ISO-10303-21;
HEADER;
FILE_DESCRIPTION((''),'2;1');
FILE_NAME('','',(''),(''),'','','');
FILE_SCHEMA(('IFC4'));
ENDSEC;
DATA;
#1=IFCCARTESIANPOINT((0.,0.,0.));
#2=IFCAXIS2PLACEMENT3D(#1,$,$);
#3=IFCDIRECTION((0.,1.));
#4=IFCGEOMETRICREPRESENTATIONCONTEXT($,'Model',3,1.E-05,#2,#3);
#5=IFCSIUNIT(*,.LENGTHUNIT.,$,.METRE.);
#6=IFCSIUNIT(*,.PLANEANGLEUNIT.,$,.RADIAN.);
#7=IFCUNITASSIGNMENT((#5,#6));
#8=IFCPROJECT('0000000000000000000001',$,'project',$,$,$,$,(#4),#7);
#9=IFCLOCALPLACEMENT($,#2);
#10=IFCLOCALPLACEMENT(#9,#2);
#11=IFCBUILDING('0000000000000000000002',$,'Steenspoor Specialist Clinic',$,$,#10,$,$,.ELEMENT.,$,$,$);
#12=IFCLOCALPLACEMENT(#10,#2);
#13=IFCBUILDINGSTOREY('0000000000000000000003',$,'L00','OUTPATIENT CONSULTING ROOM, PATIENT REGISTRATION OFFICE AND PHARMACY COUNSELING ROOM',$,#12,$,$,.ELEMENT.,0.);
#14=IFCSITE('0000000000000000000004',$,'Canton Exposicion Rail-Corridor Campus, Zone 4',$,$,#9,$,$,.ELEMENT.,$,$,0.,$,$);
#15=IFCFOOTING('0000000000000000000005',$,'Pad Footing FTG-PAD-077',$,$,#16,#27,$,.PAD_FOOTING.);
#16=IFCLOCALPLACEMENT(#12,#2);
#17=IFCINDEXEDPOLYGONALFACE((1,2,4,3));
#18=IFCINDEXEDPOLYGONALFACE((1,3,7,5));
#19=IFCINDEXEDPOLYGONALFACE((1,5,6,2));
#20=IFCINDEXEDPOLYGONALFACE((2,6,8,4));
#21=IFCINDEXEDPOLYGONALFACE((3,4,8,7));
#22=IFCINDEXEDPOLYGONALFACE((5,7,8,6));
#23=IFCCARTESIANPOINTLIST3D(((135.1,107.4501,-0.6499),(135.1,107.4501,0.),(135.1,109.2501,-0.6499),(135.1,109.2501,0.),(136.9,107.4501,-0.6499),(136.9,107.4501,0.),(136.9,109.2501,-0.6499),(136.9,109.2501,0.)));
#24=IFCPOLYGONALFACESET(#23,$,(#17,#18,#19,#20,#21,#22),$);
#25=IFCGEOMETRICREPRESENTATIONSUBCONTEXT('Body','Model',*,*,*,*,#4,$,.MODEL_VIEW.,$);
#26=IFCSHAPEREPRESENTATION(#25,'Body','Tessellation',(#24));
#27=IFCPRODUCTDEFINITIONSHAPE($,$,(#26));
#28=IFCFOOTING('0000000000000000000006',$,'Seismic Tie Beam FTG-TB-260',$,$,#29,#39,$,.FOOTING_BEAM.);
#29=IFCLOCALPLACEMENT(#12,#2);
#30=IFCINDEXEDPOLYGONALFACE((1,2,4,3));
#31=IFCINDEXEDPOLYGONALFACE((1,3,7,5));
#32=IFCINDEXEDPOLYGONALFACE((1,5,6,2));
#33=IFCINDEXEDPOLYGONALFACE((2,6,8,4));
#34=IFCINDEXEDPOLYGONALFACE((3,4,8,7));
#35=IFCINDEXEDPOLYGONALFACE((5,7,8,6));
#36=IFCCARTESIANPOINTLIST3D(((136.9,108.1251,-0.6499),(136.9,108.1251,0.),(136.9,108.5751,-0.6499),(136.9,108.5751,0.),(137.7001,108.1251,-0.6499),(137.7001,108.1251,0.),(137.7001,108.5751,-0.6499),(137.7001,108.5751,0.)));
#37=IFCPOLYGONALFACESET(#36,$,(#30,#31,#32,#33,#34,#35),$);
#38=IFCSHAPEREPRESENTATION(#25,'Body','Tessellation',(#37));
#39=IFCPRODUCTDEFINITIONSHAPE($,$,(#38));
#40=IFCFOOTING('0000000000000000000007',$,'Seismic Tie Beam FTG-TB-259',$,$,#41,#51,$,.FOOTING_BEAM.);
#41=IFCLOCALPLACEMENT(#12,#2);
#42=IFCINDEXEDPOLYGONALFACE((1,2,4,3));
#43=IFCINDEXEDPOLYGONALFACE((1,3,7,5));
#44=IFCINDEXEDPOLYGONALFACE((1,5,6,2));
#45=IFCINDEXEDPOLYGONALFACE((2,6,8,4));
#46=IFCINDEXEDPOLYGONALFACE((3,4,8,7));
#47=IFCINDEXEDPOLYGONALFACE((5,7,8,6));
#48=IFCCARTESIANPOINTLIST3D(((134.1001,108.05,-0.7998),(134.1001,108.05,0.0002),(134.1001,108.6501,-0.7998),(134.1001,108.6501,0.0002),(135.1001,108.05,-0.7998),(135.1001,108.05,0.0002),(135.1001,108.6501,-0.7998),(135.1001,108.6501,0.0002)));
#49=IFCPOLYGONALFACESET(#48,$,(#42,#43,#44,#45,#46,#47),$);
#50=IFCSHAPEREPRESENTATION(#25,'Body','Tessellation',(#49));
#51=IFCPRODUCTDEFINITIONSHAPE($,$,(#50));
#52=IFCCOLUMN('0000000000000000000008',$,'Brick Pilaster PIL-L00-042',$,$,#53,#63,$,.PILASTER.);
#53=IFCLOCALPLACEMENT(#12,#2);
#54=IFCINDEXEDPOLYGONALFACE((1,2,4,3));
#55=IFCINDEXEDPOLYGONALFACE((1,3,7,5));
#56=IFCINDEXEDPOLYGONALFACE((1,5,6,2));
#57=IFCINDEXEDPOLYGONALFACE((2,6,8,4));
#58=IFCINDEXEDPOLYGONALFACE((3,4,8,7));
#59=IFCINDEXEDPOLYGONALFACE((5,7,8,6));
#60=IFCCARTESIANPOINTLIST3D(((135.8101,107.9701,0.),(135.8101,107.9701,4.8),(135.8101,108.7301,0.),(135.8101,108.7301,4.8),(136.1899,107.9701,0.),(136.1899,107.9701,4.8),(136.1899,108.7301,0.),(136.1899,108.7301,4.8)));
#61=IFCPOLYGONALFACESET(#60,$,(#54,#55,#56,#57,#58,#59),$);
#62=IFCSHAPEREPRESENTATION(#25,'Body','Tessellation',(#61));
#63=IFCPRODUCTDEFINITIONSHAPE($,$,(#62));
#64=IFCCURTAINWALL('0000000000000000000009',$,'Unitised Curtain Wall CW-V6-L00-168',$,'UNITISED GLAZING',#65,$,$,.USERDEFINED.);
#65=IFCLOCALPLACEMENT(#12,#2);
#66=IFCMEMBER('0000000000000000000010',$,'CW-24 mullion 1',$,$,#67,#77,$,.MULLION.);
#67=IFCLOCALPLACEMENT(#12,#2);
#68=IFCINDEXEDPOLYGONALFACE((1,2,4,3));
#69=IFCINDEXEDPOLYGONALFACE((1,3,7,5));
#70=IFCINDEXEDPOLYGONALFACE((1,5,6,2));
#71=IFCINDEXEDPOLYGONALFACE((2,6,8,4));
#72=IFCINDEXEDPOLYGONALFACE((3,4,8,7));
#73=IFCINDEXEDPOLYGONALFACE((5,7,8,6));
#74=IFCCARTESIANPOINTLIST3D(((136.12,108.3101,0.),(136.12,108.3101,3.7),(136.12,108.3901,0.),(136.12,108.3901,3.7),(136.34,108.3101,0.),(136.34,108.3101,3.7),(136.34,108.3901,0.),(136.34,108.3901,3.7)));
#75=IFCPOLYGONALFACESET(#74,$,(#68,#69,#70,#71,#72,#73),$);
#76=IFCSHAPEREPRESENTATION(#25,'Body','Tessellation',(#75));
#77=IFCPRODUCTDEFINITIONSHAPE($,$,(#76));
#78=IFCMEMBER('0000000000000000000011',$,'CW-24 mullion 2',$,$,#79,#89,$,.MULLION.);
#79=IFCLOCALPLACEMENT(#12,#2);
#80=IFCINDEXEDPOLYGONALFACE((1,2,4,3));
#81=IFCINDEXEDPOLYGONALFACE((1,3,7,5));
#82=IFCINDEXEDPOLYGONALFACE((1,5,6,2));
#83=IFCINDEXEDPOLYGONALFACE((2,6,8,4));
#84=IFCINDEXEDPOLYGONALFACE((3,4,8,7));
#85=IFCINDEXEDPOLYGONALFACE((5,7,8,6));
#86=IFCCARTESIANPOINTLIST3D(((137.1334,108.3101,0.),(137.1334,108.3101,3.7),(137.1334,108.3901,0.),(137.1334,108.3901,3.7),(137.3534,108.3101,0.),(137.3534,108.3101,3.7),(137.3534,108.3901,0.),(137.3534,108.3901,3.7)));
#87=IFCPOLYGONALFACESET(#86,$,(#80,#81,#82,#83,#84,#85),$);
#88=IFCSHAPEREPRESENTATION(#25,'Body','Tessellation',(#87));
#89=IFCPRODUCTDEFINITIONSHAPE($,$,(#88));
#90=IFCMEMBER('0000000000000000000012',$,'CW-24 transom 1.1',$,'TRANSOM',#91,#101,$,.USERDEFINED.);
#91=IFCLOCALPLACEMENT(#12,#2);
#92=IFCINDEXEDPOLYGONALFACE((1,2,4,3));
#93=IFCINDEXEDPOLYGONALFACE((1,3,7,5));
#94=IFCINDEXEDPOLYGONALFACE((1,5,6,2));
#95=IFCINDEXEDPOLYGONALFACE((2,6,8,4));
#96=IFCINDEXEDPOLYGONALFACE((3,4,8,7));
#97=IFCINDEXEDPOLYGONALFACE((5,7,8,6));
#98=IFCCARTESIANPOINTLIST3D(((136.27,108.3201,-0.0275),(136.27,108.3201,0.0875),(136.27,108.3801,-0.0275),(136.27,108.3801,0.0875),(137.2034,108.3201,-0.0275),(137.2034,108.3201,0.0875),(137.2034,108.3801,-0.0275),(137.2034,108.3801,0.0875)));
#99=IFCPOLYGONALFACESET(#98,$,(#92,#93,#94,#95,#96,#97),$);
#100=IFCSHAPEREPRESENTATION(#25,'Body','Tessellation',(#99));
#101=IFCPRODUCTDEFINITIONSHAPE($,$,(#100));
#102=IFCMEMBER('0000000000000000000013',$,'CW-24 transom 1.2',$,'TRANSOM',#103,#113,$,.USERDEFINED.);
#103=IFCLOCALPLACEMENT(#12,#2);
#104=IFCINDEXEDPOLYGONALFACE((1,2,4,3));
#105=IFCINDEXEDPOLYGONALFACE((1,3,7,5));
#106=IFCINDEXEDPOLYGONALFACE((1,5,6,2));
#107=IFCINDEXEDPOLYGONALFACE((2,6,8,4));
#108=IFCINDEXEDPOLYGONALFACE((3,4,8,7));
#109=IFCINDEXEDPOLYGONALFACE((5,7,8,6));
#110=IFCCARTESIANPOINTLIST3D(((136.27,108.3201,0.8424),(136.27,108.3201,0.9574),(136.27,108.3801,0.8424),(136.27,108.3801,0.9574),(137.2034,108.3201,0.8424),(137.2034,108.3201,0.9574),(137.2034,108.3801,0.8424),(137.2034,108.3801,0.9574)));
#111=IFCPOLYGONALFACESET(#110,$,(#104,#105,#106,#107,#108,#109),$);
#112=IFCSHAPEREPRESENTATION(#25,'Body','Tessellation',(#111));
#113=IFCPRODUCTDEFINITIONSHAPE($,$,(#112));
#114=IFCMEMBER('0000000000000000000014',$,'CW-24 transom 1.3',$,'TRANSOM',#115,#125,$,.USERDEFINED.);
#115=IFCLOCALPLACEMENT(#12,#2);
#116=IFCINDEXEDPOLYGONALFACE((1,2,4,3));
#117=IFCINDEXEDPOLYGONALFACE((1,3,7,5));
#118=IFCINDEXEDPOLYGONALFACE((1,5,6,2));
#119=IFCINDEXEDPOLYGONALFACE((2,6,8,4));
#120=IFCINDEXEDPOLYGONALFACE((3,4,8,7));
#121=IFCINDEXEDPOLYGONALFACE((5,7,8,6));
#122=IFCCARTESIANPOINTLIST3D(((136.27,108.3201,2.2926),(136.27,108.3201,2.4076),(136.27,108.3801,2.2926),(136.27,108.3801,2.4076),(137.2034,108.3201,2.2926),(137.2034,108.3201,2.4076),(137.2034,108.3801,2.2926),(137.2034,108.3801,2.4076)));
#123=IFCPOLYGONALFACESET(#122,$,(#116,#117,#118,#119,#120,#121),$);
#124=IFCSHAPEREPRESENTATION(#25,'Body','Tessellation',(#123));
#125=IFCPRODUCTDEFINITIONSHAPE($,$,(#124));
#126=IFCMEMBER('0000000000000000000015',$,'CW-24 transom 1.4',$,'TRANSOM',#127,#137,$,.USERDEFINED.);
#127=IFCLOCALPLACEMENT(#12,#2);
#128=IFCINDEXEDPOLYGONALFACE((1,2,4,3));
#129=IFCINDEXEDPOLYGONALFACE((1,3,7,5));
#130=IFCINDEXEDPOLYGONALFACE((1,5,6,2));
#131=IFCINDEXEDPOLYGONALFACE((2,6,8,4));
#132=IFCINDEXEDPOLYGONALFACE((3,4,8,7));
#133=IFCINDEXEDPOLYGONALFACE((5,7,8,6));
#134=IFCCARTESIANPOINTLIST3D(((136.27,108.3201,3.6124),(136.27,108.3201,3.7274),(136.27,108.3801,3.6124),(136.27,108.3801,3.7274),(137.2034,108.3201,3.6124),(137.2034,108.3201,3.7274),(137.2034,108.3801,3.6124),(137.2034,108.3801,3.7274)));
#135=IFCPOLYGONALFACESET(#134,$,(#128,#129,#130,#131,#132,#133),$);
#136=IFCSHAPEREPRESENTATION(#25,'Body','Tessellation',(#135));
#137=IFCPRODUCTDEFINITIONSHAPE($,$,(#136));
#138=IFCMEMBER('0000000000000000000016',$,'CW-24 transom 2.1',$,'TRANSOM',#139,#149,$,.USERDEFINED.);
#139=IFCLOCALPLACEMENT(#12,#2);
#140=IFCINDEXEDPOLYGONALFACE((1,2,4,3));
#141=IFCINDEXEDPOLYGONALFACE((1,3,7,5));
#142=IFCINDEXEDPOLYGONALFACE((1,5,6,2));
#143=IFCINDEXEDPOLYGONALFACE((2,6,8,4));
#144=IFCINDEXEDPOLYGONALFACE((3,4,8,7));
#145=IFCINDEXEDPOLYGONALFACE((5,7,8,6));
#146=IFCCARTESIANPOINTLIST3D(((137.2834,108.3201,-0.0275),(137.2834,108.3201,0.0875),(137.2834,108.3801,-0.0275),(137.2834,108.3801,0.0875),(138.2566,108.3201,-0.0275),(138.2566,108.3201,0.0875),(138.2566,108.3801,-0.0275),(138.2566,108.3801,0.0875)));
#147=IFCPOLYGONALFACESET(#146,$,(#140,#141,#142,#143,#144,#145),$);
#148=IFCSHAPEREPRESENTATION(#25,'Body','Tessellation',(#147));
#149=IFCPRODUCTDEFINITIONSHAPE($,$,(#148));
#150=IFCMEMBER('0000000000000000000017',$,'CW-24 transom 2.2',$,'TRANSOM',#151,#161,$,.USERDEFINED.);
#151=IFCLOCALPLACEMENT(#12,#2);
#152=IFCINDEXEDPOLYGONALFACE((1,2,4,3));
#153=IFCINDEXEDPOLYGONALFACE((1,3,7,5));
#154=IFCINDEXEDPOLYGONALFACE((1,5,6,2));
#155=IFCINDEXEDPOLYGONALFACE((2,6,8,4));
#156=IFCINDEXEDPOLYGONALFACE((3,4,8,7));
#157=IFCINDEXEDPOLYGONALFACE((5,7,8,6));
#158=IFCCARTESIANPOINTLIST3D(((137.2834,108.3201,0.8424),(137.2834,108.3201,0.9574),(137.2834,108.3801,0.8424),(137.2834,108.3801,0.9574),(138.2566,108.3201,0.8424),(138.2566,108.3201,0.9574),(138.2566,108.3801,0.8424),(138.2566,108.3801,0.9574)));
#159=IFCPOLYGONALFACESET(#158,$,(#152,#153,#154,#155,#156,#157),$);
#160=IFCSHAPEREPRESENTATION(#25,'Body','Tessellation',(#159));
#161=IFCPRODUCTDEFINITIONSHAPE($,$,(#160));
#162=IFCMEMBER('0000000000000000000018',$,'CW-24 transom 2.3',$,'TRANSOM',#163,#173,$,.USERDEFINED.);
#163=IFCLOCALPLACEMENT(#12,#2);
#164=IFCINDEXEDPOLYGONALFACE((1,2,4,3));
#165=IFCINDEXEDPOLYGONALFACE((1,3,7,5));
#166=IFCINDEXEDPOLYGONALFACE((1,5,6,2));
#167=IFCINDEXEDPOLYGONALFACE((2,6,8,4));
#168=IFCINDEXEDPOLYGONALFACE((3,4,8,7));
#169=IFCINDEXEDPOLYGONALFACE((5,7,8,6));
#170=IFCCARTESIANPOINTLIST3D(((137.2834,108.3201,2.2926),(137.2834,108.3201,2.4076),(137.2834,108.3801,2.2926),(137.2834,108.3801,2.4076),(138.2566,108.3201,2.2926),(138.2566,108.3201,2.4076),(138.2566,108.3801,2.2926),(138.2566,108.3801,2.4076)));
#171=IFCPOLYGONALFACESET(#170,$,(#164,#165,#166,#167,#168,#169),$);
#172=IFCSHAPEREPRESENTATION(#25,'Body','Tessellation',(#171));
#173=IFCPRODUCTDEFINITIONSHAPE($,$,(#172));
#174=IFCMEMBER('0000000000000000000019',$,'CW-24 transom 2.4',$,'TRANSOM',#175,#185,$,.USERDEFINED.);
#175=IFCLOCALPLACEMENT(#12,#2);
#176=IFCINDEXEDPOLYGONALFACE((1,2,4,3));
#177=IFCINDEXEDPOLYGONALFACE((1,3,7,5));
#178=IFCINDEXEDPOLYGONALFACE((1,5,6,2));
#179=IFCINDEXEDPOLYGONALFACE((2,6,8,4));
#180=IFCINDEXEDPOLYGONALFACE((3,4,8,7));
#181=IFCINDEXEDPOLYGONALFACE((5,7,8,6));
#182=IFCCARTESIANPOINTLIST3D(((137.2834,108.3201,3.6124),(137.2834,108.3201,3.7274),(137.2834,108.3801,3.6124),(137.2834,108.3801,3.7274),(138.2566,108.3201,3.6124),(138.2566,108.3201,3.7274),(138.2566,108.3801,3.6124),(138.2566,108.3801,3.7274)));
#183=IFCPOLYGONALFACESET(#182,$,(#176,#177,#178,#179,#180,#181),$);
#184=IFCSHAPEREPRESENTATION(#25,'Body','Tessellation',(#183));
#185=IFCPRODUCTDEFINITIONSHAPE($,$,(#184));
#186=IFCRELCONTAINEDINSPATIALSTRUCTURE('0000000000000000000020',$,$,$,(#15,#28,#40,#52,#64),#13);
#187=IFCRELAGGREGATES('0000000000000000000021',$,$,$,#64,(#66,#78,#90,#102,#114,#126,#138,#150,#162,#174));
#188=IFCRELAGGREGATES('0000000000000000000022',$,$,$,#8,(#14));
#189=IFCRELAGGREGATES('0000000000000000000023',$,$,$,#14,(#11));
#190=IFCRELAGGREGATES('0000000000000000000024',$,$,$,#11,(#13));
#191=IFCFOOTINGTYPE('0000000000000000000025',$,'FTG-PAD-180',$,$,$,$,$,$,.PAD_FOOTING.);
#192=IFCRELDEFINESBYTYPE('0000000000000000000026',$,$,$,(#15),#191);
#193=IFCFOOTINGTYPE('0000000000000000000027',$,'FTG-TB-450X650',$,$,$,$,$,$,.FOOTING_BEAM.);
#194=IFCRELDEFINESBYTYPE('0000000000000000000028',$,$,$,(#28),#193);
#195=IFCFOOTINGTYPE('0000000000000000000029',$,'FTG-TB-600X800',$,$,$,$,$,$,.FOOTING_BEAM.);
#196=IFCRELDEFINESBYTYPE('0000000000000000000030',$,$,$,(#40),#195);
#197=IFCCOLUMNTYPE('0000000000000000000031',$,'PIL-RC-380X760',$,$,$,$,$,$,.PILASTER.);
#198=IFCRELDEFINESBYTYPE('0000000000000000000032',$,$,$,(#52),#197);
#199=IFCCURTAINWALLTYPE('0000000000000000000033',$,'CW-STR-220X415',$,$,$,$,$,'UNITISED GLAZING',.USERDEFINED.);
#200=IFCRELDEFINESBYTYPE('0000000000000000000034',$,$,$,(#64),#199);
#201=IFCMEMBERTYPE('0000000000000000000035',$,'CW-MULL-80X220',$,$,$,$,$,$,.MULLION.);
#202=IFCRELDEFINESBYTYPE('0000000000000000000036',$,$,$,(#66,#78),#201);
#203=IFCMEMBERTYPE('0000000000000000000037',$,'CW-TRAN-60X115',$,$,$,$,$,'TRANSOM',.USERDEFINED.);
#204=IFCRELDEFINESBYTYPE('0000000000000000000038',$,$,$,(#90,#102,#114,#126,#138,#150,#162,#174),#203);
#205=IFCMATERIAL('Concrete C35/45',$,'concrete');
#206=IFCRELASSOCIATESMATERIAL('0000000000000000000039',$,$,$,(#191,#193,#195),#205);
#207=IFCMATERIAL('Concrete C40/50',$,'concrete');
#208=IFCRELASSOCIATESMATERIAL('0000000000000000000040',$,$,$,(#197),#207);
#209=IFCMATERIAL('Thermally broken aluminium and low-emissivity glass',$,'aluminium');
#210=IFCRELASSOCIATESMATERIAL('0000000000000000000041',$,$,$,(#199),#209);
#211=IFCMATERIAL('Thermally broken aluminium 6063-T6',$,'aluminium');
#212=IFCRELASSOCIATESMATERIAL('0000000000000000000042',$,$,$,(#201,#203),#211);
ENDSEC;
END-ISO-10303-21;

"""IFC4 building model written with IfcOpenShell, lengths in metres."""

from ifc_helpers import new_model, si_unit, direction, frame, origin, origin_2d, place, context, subcontext, project, spatial, rectangle, extrude, material, material_profile, profile_set, type_object, element, aggregate, save


model = new_model("IFC4")

# Units and contexts
model_context = context("Model", 3, precision=1e-05, world=origin(), true_north=direction((0.0, 1.0)))
body_context = subcontext(model_context, "Body", "Model", "MODEL_VIEW")
ifc_project = project(units=[si_unit("LENGTHUNIT", "METRE"), si_unit("PLANEANGLEUNIT", "RADIAN")], contexts=[model_context])

# Site, building, storey
site_placement = place(None, origin())
site = spatial("IfcSite", under=ifc_project, at=site_placement, Name="Canton Exposicion Rail-Corridor Campus, Zone 4", CompositionType="ELEMENT", RefElevation=0.0)
building_placement = place(site_placement, origin())
building = spatial("IfcBuilding", under=site, at=building_placement, Name="Steenspoor Specialist Clinic", CompositionType="ELEMENT")
storey_placement = place(building_placement, origin())
storey = spatial("IfcBuildingStorey", under=building, at=storey_placement, Name="L00", Description="OUTPATIENT CONSULTING ROOM, PATIENT REGISTRATION OFFICE AND PHARMACY COUNSELING ROOM", CompositionType="ELEMENT", Elevation=0.0)

# Footings
ifc_material_1 = material(Name="Concrete C35/45", Category="concrete")
footing_type_1 = type_object("IfcFootingType", Name="FTG-PAD-180", PredefinedType="PAD_FOOTING", material=ifc_material_1)
footing_1_placement = place(storey_placement, frame((136.0, 108.3501, -0.6499), z_axis=(0.0, 0.0, 1.0), x_axis=(1.0, 0.0, 0.0)))
element("IfcFooting", 1, at=footing_1_placement, inside=storey, type_object=footing_type_1, Name="Pad Footing FTG-PAD-077", PredefinedType="PAD_FOOTING", context=body_context, shape_type="SweptSolid", body=[
    extrude(rectangle(XDim=1.8, YDim=1.8, at=origin_2d()), origin(), (0.0, 0.0, 1.0), 0.6499),
])
footing_type_2 = type_object("IfcFootingType", Name="FTG-TB-450X650", PredefinedType="FOOTING_BEAM", material=ifc_material_1)
footing_2_placement = place(storey_placement, frame((137.3, 108.3501, -0.6499), z_axis=(0.0, 0.0, 1.0), x_axis=(1.0, 0.0, 0.0)))
element("IfcFooting", 2, at=footing_2_placement, inside=storey, type_object=footing_type_2, Name="Seismic Tie Beam FTG-TB-260", PredefinedType="FOOTING_BEAM", context=body_context, shape_type="SweptSolid", body=[
    extrude(rectangle(XDim=0.8, YDim=0.45, at=origin_2d()), origin(), (0.0, 0.0, 1.0), 0.6499),
])
footing_type_3 = type_object("IfcFootingType", Name="FTG-TB-600X800", PredefinedType="FOOTING_BEAM", material=ifc_material_1)
footing_3_placement = place(storey_placement, frame((134.6001, 108.3501, -0.7998), z_axis=(0.0, 0.0, 1.0), x_axis=(1.0, 0.0, 0.0)))
element("IfcFooting", 3, at=footing_3_placement, inside=storey, type_object=footing_type_3, Name="Seismic Tie Beam FTG-TB-259", PredefinedType="FOOTING_BEAM", context=body_context, shape_type="SweptSolid", body=[
    extrude(rectangle(XDim=1.0, YDim=0.6001, at=origin_2d()), origin(), (0.0, 0.0, 1.0), 0.8),
])

# Column
ifc_material_2 = material(Name="Concrete C40/50", Category="concrete")
ifc_material_profile_1 = material_profile(ifc_material_2, rectangle(XDim=0.3799, YDim=0.76, at=origin_2d()), Name="RC-PIL-380X760")
ifc_profile_set_1 = profile_set([ifc_material_profile_1], Name="Concrete C40/50")
column_type = type_object("IfcColumnType", Name="PIL-RC-380X760", PredefinedType="PILASTER", material=ifc_profile_set_1)
column_placement = place(storey_placement, frame((136.0, 108.3501, 0.0), z_axis=(0.0, 0.0, 1.0), x_axis=(1.0, 0.0, 0.0)))
element("IfcColumn", 4, at=column_placement, inside=storey, type_object=column_type, Name="Brick Pilaster PIL-L00-042", PredefinedType="PILASTER", context=body_context, shape_type="SweptSolid", body=[
    extrude(rectangle(XDim=0.3799, YDim=0.76, at=origin_2d()), origin(), (0.0, 0.0, 1.0), 4.8),
])

# Curtain wall, members
ifc_material_3 = material(Name="Thermally broken aluminium and low-emissivity glass", Category="aluminium")
curtain_wall_type = type_object("IfcCurtainWallType", Name="CW-STR-220X415", ElementType="UNITISED GLAZING", PredefinedType="USERDEFINED", material=ifc_material_3)
curtain_wall_placement = place(storey_placement, origin())
curtain_wall = element("IfcCurtainWall", 5, at=curtain_wall_placement, inside=storey, type_object=curtain_wall_type, Name="Unitised Curtain Wall CW-V6-L00-168", ObjectType="UNITISED GLAZING", PredefinedType="USERDEFINED")
ifc_material_4 = material(Name="Thermally broken aluminium 6063-T6", Category="aluminium")
ifc_material_profile_2 = material_profile(ifc_material_4, rectangle(XDim=0.0801, YDim=0.22, at=origin_2d()), Name="CWM-80X220")
ifc_profile_set_2 = profile_set([ifc_material_profile_2], Name="Thermally broken aluminium 6063-T6")
member_type_1 = type_object("IfcMemberType", Name="CW-MULL-80X220", PredefinedType="MULLION", material=ifc_profile_set_2)
member_1_placement = place(storey_placement, frame((136.23, 108.3501, 0.0), z_axis=(0.0, 0.0, 1.0), x_axis=(0.0, 1.0, 0.0)))
member_1 = element("IfcMember", 6, at=member_1_placement, type_object=member_type_1, Name="CW-24 mullion 1", PredefinedType="MULLION", context=body_context, shape_type="SweptSolid", body=[
    extrude(rectangle(XDim=0.0801, YDim=0.22, at=origin_2d()), origin(), (0.0, 0.0, 1.0), 3.7),
])
member_2_placement = place(storey_placement, frame((137.2434, 108.3501, 0.0), z_axis=(0.0, 0.0, 1.0), x_axis=(0.0, 1.0, 0.0)))
member_2 = element("IfcMember", 7, at=member_2_placement, type_object=member_type_1, Name="CW-24 mullion 2", PredefinedType="MULLION", context=body_context, shape_type="SweptSolid", body=[
    extrude(rectangle(XDim=0.0801, YDim=0.22, at=origin_2d()), origin(), (0.0, 0.0, 1.0), 3.7),
])
ifc_material_profile_3 = material_profile(ifc_material_4, rectangle(XDim=0.0601, YDim=0.115, at=origin_2d()), Name="CWT-60X115")
ifc_profile_set_3 = profile_set([ifc_material_profile_3], Name="Thermally broken aluminium 6063-T6")
member_type_2 = type_object("IfcMemberType", Name="CW-TRAN-60X115", ElementType="TRANSOM", PredefinedType="USERDEFINED", material=ifc_profile_set_3)
member_3_placement = place(storey_placement, frame((136.27, 108.3501, 0.03), z_axis=(1.0, 0.0, 0.0), x_axis=(0.0, 1.0, 0.0)))
member_3 = element("IfcMember", 8, at=member_3_placement, type_object=member_type_2, Name="CW-24 transom 1.1", ObjectType="TRANSOM", PredefinedType="USERDEFINED", context=body_context, shape_type="SweptSolid", body=[
    extrude(rectangle(XDim=0.0601, YDim=0.115, at=origin_2d()), origin(), (0.0, 0.0, 1.0), 0.9333),
])
member_4_placement = place(storey_placement, frame((136.27, 108.3501, 0.8999), z_axis=(1.0, 0.0, 0.0), x_axis=(0.0, 1.0, 0.0)))
member_4 = element("IfcMember", 9, at=member_4_placement, type_object=member_type_2, Name="CW-24 transom 1.2", ObjectType="TRANSOM", PredefinedType="USERDEFINED", context=body_context, shape_type="SweptSolid", body=[
    extrude(rectangle(XDim=0.0601, YDim=0.115, at=origin_2d()), origin(), (0.0, 0.0, 1.0), 0.9333),
])
member_5_placement = place(storey_placement, frame((136.27, 108.3501, 2.3501), z_axis=(1.0, 0.0, 0.0), x_axis=(0.0, 1.0, 0.0)))
member_5 = element("IfcMember", 10, at=member_5_placement, type_object=member_type_2, Name="CW-24 transom 1.3", ObjectType="TRANSOM", PredefinedType="USERDEFINED", context=body_context, shape_type="SweptSolid", body=[
    extrude(rectangle(XDim=0.0601, YDim=0.115, at=origin_2d()), origin(), (0.0, 0.0, 1.0), 0.9333),
])
member_6_placement = place(storey_placement, frame((136.27, 108.3501, 3.6699), z_axis=(1.0, 0.0, 0.0), x_axis=(0.0, 1.0, 0.0)))
member_6 = element("IfcMember", 11, at=member_6_placement, type_object=member_type_2, Name="CW-24 transom 1.4", ObjectType="TRANSOM", PredefinedType="USERDEFINED", context=body_context, shape_type="SweptSolid", body=[
    extrude(rectangle(XDim=0.0601, YDim=0.115, at=origin_2d()), origin(), (0.0, 0.0, 1.0), 0.9333),
])
member_7_placement = place(storey_placement, frame((137.2834, 108.3501, 0.03), z_axis=(1.0, 0.0, 0.0), x_axis=(0.0, 1.0, 0.0)))
member_7 = element("IfcMember", 12, at=member_7_placement, type_object=member_type_2, Name="CW-24 transom 2.1", ObjectType="TRANSOM", PredefinedType="USERDEFINED", context=body_context, shape_type="SweptSolid", body=[
    extrude(rectangle(XDim=0.0601, YDim=0.115, at=origin_2d()), origin(), (0.0, 0.0, 1.0), 0.9731),
])
member_8_placement = place(storey_placement, frame((137.2834, 108.3501, 0.8999), z_axis=(1.0, 0.0, 0.0), x_axis=(0.0, 1.0, 0.0)))
member_8 = element("IfcMember", 13, at=member_8_placement, type_object=member_type_2, Name="CW-24 transom 2.2", ObjectType="TRANSOM", PredefinedType="USERDEFINED", context=body_context, shape_type="SweptSolid", body=[
    extrude(rectangle(XDim=0.0601, YDim=0.115, at=origin_2d()), origin(), (0.0, 0.0, 1.0), 0.9731),
])
member_9_placement = place(storey_placement, frame((137.2834, 108.3501, 2.3501), z_axis=(1.0, 0.0, 0.0), x_axis=(0.0, 1.0, 0.0)))
member_9 = element("IfcMember", 14, at=member_9_placement, type_object=member_type_2, Name="CW-24 transom 2.3", ObjectType="TRANSOM", PredefinedType="USERDEFINED", context=body_context, shape_type="SweptSolid", body=[
    extrude(rectangle(XDim=0.0601, YDim=0.115, at=origin_2d()), origin(), (0.0, 0.0, 1.0), 0.9731),
])
member_10_placement = place(storey_placement, frame((137.2834, 108.3501, 3.6699), z_axis=(1.0, 0.0, 0.0), x_axis=(0.0, 1.0, 0.0)))
member_10 = element("IfcMember", 15, at=member_10_placement, type_object=member_type_2, Name="CW-24 transom 2.4", ObjectType="TRANSOM", PredefinedType="USERDEFINED", context=body_context, shape_type="SweptSolid", body=[
    extrude(rectangle(XDim=0.0601, YDim=0.115, at=origin_2d()), origin(), (0.0, 0.0, 1.0), 0.9731),
])
aggregate(curtain_wall, [member_1, member_2, member_3, member_4, member_5, member_6, member_7, member_8, member_9, member_10])

save(model, "model.ifc")
